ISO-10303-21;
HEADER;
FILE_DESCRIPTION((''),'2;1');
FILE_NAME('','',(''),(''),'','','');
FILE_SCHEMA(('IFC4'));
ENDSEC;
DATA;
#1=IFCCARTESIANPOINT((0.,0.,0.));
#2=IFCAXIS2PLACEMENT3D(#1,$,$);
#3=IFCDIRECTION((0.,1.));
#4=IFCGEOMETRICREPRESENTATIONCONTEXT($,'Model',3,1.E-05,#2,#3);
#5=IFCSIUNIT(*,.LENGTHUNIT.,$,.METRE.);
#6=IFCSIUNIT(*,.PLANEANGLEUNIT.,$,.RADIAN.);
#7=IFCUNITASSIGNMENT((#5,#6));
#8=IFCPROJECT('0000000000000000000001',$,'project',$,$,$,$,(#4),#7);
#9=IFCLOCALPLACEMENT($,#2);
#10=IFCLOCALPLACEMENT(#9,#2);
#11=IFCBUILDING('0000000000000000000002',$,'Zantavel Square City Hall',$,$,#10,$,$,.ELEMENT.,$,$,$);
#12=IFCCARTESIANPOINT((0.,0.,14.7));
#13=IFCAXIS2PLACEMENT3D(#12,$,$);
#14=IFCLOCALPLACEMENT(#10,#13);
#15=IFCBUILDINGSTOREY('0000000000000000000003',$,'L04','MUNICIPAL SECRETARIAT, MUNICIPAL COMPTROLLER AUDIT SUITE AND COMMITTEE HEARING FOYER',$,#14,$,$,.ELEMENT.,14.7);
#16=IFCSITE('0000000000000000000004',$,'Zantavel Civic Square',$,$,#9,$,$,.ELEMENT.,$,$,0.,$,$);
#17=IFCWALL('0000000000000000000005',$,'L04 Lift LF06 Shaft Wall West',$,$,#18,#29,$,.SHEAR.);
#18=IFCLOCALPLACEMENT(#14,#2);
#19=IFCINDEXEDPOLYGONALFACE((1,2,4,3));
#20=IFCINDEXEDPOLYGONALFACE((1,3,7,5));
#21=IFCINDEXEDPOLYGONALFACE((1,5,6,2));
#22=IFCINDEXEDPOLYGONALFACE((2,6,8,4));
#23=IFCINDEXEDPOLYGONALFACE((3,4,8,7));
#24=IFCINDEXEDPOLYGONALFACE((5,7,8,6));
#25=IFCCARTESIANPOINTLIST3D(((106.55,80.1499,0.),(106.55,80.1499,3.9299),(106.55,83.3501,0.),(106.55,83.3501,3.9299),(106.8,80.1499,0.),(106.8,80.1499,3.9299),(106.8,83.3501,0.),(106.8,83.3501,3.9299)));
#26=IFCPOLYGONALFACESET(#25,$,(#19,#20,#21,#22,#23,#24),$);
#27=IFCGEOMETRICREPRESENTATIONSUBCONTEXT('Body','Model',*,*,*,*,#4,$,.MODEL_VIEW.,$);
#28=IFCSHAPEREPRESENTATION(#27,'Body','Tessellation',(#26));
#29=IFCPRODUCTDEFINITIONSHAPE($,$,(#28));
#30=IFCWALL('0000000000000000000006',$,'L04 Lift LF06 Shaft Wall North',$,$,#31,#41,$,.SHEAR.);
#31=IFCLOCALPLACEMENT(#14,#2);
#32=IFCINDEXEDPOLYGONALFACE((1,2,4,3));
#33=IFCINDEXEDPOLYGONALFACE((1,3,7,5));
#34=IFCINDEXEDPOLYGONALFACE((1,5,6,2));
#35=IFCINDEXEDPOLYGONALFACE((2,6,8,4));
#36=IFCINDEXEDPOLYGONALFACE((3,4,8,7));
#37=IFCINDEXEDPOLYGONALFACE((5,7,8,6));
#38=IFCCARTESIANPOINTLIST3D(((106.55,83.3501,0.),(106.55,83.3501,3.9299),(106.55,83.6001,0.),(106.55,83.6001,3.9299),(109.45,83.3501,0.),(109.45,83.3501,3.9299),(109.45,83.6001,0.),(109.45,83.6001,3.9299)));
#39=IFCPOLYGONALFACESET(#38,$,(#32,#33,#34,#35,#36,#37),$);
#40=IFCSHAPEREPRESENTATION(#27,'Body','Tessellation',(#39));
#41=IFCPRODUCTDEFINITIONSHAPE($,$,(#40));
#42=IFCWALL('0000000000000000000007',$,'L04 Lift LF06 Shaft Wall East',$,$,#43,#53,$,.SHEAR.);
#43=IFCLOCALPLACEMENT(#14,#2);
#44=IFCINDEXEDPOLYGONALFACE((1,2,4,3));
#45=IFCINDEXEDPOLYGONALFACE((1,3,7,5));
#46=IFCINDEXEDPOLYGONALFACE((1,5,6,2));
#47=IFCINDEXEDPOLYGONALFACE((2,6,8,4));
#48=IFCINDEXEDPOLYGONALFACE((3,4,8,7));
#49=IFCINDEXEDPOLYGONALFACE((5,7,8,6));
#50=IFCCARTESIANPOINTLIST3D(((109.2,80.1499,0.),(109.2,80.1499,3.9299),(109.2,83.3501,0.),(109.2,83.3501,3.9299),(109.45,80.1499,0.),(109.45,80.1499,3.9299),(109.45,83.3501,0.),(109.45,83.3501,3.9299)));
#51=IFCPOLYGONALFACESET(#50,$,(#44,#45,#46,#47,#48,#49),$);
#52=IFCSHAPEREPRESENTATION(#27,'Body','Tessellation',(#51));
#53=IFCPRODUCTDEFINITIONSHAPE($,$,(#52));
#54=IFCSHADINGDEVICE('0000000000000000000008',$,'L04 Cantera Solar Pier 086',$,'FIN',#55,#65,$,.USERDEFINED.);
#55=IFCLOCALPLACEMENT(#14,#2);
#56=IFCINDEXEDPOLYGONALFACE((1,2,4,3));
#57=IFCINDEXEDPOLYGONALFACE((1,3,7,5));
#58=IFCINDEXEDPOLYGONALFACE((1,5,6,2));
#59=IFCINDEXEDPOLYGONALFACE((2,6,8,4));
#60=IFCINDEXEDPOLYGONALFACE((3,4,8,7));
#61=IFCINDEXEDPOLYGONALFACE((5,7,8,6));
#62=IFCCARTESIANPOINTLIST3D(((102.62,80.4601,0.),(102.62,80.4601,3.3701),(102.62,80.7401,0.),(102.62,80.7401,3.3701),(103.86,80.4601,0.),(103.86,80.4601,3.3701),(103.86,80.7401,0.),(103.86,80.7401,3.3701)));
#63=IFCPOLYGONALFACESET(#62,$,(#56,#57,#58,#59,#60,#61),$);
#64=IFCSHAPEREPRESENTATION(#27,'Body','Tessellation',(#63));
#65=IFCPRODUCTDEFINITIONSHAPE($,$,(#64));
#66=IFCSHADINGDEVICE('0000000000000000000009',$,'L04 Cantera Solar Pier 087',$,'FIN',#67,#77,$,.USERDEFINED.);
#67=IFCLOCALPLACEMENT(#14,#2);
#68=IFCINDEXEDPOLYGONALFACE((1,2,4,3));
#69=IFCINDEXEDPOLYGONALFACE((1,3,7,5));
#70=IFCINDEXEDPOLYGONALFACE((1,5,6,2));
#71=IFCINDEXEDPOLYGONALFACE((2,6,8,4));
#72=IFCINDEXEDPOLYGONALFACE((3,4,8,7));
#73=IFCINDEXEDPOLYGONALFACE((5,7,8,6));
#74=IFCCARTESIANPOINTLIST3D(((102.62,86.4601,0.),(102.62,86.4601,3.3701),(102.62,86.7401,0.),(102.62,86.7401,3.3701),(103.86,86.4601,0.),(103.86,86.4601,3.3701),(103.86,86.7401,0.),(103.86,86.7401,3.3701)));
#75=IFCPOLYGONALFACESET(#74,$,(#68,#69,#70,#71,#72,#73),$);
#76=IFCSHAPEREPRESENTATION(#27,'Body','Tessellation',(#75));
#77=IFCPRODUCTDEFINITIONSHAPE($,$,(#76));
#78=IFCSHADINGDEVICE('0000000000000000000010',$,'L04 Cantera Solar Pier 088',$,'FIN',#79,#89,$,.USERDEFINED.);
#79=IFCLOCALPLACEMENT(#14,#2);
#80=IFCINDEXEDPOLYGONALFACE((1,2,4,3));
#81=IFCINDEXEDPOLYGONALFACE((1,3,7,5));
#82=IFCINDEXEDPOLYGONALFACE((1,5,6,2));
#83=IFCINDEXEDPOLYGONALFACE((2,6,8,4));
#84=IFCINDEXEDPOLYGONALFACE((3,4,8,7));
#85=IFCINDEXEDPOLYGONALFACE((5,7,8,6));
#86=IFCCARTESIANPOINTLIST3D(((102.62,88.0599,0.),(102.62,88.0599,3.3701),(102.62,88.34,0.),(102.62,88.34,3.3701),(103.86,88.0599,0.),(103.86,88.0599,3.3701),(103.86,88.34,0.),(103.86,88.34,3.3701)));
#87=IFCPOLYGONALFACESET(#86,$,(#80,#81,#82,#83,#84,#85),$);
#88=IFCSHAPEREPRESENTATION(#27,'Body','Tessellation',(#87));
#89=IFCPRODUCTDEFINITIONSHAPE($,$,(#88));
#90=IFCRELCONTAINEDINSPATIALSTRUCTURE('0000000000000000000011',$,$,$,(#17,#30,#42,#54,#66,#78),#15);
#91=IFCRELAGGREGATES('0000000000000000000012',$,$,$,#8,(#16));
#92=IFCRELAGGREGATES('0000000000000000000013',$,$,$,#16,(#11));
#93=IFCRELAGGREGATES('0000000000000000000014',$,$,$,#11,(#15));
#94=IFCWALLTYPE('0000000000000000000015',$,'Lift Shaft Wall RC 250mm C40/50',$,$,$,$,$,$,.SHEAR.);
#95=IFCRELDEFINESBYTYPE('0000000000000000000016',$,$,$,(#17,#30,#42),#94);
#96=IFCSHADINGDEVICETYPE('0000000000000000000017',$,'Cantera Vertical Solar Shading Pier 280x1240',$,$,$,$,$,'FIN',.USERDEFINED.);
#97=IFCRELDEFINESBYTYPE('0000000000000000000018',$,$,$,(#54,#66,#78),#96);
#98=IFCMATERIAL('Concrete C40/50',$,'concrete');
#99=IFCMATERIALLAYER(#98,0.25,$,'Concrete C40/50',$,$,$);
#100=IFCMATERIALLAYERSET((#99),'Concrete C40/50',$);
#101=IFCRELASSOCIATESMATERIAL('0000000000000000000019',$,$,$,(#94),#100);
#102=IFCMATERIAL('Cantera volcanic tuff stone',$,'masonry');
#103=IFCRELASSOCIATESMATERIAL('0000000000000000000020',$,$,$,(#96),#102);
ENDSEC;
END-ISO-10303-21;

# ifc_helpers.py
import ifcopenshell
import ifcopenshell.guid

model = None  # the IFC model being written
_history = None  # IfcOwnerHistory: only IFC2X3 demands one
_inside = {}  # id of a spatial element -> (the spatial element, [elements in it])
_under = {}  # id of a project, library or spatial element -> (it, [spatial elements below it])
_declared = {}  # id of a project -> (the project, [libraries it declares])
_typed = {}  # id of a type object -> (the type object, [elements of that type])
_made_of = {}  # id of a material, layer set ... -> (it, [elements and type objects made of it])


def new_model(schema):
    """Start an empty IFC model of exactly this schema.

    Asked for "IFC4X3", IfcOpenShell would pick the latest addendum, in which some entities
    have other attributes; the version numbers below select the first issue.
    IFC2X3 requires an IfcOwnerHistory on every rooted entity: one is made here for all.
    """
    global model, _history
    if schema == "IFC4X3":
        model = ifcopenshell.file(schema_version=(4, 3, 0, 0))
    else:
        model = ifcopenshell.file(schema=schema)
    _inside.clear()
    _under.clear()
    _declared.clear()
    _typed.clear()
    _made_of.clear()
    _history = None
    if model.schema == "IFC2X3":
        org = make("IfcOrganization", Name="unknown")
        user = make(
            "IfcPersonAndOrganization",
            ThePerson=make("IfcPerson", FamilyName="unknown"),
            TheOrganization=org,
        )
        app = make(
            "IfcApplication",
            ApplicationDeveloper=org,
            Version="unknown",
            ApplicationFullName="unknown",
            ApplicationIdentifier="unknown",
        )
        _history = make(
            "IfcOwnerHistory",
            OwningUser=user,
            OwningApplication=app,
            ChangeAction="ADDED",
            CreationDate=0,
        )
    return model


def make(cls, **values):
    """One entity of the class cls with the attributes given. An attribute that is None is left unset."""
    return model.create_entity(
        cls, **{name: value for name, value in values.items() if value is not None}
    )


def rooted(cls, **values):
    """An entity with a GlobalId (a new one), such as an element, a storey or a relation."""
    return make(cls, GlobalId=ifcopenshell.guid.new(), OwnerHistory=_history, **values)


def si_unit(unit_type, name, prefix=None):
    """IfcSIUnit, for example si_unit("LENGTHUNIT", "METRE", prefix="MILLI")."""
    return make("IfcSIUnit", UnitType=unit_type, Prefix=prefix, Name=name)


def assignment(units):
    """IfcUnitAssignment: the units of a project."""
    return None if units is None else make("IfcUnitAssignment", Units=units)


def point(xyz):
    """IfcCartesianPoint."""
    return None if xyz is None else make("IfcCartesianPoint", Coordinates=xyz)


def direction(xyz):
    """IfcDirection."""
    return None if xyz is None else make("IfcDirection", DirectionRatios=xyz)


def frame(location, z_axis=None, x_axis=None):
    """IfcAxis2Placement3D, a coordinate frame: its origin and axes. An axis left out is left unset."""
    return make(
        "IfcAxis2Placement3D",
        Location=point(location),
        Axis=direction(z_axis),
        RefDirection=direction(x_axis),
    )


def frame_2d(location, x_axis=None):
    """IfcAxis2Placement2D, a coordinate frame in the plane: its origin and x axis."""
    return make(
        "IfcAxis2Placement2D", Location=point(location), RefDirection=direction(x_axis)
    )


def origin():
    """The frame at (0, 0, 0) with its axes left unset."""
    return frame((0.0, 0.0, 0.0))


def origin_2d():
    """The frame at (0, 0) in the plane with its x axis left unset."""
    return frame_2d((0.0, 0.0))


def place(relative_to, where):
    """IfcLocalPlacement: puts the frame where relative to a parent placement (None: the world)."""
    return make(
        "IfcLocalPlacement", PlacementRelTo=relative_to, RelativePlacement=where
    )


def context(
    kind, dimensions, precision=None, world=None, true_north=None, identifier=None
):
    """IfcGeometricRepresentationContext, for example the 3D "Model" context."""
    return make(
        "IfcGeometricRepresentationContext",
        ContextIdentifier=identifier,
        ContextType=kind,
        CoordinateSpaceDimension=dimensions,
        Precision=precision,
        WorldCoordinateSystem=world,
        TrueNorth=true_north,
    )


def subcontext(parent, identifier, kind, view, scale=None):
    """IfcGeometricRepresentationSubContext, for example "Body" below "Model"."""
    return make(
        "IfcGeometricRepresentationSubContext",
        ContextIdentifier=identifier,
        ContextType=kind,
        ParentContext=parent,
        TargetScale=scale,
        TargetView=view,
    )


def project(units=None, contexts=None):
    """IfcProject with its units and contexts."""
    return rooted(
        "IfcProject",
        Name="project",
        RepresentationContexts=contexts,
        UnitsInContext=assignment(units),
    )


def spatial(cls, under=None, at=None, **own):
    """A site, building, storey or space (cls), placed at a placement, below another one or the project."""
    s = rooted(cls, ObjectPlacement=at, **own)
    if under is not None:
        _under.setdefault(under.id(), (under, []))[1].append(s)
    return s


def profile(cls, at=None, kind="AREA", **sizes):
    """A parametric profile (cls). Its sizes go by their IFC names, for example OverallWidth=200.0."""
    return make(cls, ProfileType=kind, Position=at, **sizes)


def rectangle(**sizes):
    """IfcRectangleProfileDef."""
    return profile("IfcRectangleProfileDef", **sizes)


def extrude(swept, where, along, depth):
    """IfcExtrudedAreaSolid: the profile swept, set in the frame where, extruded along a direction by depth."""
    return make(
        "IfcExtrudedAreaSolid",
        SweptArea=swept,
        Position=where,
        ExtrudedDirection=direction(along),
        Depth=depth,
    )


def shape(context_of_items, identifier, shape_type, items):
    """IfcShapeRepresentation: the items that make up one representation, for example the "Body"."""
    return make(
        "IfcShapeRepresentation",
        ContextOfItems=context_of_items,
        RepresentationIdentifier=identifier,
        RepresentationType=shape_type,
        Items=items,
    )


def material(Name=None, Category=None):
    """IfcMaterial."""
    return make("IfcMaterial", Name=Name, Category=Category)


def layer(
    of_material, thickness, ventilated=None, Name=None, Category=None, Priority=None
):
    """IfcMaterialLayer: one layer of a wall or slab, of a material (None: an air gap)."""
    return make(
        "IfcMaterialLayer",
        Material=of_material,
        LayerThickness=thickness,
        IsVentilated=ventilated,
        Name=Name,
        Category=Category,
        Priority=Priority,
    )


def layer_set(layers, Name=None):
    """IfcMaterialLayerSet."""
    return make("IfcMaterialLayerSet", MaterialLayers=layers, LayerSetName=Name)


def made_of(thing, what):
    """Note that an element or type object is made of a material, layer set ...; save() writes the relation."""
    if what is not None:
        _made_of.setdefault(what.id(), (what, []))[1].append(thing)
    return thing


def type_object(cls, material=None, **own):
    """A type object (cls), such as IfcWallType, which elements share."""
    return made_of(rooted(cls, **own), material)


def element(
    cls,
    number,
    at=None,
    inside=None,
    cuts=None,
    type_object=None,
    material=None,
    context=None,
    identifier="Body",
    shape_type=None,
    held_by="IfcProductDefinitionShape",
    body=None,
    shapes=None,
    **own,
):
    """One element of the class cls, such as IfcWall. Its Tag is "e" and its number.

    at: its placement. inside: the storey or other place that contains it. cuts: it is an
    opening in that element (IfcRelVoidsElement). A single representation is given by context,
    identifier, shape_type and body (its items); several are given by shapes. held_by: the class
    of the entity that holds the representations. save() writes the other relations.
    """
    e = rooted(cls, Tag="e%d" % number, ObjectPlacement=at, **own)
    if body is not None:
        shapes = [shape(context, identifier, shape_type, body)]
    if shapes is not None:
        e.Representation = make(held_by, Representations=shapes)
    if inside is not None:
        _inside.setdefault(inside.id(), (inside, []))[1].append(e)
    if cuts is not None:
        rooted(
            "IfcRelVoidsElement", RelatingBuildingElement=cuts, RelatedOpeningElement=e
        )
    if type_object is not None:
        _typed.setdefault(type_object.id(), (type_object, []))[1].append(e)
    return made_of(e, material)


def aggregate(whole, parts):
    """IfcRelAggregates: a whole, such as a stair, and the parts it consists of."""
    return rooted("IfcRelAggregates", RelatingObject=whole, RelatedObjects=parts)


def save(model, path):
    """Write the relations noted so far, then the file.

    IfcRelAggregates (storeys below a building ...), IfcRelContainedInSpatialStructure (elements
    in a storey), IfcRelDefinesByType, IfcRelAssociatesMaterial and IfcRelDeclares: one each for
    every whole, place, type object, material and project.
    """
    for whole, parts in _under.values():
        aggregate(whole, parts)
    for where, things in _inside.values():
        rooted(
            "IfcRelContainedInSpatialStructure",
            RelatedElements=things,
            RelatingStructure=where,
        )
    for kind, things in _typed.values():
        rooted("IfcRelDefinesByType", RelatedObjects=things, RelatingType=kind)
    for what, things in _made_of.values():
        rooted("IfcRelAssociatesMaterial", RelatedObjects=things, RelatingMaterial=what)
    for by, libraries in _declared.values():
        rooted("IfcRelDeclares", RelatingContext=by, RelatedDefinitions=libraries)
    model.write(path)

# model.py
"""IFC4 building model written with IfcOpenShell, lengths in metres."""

from ifc_helpers import new_model, si_unit, direction, frame, frame_2d, origin, origin_2d, place, context, subcontext, project, spatial, rectangle, extrude, material, layer, layer_set, type_object, element, save


model = new_model("IFC4")

# Units and contexts
model_context = context("Model", 3, precision=1e-05, world=origin(), true_north=direction((0.0, 1.0)))
body_context = subcontext(model_context, "Body", "Model", "MODEL_VIEW")
ifc_project = project(units=[si_unit("LENGTHUNIT", "METRE"), si_unit("PLANEANGLEUNIT", "RADIAN")], contexts=[model_context])

# Site, building, storey
site_placement = place(None, origin())
site = spatial("IfcSite", under=ifc_project, at=site_placement, Name="Zantavel Civic Square", CompositionType="ELEMENT", RefElevation=0.0)
building_placement = place(site_placement, origin())
building = spatial("IfcBuilding", under=site, at=building_placement, Name="Zantavel Square City Hall", CompositionType="ELEMENT")
storey_placement = place(building_placement, frame((0.0, 0.0, 14.7)))
storey = spatial("IfcBuildingStorey", under=building, at=storey_placement, Name="L04", Description="MUNICIPAL SECRETARIAT, MUNICIPAL COMPTROLLER AUDIT SUITE AND COMMITTEE HEARING FOYER", CompositionType="ELEMENT", Elevation=14.7)

# Shared definitions
ifc_material_1 = material(Name="Concrete C40/50", Category="concrete")

# Shared definitions
ifc_material_2 = material(Name="Cantera volcanic tuff stone", Category="masonry")

# Shared definitions
ifc_layer_1 = layer(ifc_material_1, 0.25, Name="Concrete C40/50")
ifc_layer_set_1 = layer_set([ifc_layer_1], Name="Concrete C40/50")
wall_type_1 = type_object("IfcWallType", Name="Lift Shaft Wall RC 250mm C40/50", PredefinedType="SHEAR", material=ifc_layer_set_1)

# Walls
wall_1_placement = place(storey_placement, frame((106.675, 80.1499, 0.0), z_axis=(0.0, 0.0, 1.0), x_axis=(0.0, 1.0, 0.0)))
element("IfcWall", 1, at=wall_1_placement, inside=storey, type_object=wall_type_1, Name="L04 Lift LF06 Shaft Wall West", PredefinedType="SHEAR", context=body_context, shape_type="SweptSolid", body=[
    extrude(rectangle(XDim=3.2002, YDim=0.25, at=frame_2d((1.6001, 0.0))), origin(), (0.0, 0.0, 1.0), 3.9299),
])
wall_2_placement = place(storey_placement, frame((106.55, 83.4751, 0.0), z_axis=(0.0, 0.0, 1.0), x_axis=(1.0, 0.0, 0.0)))
element("IfcWall", 2, at=wall_2_placement, inside=storey, type_object=wall_type_1, Name="L04 Lift LF06 Shaft Wall North", PredefinedType="SHEAR", context=body_context, shape_type="SweptSolid", body=[
    extrude(rectangle(XDim=2.8999, YDim=0.25, at=frame_2d((1.45, 0.0))), origin(), (0.0, 0.0, 1.0), 3.9299),
])
wall_3_placement = place(storey_placement, frame((109.325, 83.3501, 0.0), z_axis=(0.0, 0.0, 1.0), x_axis=(0.0, -1.0, 0.0)))
element("IfcWall", 3, at=wall_3_placement, inside=storey, type_object=wall_type_1, Name="L04 Lift LF06 Shaft Wall East", PredefinedType="SHEAR", context=body_context, shape_type="SweptSolid", body=[
    extrude(rectangle(XDim=3.2002, YDim=0.25, at=frame_2d((1.6001, 0.0))), origin(), (0.0, 0.0, 1.0), 3.9299),
])

# Shading devices
shading_device_type = type_object("IfcShadingDeviceType", Name="Cantera Vertical Solar Shading Pier 280x1240", ElementType="FIN", PredefinedType="USERDEFINED", material=ifc_material_2)
for number, where, z_axis, x_axis, name in (
    (4, (103.24, 80.6001, 0.0), (0.0, 0.0, 1.0), (1.0, 0.0, 0.0), "L04 Cantera Solar Pier 086"),
    (5, (103.24, 86.6001, 0.0), (0.0, 0.0, 1.0), (1.0, 0.0, 0.0), "L04 Cantera Solar Pier 087"),
    (6, (103.24, 88.2, 0.0), (0.0, 0.0, 1.0), (1.0, 0.0, 0.0), "L04 Cantera Solar Pier 088"),
):
    element("IfcShadingDevice", number, at=place(storey_placement, frame(where, z_axis=z_axis, x_axis=x_axis)), inside=storey, type_object=shading_device_type, Name=name, ObjectType="FIN", PredefinedType="USERDEFINED", context=body_context, shape_type="SweptSolid", body=[
        extrude(rectangle(XDim=1.24, YDim=0.28, at=origin_2d()), origin(), (0.0, 0.0, 1.0), 3.3701),
    ])

save(model, "model.ifc")
